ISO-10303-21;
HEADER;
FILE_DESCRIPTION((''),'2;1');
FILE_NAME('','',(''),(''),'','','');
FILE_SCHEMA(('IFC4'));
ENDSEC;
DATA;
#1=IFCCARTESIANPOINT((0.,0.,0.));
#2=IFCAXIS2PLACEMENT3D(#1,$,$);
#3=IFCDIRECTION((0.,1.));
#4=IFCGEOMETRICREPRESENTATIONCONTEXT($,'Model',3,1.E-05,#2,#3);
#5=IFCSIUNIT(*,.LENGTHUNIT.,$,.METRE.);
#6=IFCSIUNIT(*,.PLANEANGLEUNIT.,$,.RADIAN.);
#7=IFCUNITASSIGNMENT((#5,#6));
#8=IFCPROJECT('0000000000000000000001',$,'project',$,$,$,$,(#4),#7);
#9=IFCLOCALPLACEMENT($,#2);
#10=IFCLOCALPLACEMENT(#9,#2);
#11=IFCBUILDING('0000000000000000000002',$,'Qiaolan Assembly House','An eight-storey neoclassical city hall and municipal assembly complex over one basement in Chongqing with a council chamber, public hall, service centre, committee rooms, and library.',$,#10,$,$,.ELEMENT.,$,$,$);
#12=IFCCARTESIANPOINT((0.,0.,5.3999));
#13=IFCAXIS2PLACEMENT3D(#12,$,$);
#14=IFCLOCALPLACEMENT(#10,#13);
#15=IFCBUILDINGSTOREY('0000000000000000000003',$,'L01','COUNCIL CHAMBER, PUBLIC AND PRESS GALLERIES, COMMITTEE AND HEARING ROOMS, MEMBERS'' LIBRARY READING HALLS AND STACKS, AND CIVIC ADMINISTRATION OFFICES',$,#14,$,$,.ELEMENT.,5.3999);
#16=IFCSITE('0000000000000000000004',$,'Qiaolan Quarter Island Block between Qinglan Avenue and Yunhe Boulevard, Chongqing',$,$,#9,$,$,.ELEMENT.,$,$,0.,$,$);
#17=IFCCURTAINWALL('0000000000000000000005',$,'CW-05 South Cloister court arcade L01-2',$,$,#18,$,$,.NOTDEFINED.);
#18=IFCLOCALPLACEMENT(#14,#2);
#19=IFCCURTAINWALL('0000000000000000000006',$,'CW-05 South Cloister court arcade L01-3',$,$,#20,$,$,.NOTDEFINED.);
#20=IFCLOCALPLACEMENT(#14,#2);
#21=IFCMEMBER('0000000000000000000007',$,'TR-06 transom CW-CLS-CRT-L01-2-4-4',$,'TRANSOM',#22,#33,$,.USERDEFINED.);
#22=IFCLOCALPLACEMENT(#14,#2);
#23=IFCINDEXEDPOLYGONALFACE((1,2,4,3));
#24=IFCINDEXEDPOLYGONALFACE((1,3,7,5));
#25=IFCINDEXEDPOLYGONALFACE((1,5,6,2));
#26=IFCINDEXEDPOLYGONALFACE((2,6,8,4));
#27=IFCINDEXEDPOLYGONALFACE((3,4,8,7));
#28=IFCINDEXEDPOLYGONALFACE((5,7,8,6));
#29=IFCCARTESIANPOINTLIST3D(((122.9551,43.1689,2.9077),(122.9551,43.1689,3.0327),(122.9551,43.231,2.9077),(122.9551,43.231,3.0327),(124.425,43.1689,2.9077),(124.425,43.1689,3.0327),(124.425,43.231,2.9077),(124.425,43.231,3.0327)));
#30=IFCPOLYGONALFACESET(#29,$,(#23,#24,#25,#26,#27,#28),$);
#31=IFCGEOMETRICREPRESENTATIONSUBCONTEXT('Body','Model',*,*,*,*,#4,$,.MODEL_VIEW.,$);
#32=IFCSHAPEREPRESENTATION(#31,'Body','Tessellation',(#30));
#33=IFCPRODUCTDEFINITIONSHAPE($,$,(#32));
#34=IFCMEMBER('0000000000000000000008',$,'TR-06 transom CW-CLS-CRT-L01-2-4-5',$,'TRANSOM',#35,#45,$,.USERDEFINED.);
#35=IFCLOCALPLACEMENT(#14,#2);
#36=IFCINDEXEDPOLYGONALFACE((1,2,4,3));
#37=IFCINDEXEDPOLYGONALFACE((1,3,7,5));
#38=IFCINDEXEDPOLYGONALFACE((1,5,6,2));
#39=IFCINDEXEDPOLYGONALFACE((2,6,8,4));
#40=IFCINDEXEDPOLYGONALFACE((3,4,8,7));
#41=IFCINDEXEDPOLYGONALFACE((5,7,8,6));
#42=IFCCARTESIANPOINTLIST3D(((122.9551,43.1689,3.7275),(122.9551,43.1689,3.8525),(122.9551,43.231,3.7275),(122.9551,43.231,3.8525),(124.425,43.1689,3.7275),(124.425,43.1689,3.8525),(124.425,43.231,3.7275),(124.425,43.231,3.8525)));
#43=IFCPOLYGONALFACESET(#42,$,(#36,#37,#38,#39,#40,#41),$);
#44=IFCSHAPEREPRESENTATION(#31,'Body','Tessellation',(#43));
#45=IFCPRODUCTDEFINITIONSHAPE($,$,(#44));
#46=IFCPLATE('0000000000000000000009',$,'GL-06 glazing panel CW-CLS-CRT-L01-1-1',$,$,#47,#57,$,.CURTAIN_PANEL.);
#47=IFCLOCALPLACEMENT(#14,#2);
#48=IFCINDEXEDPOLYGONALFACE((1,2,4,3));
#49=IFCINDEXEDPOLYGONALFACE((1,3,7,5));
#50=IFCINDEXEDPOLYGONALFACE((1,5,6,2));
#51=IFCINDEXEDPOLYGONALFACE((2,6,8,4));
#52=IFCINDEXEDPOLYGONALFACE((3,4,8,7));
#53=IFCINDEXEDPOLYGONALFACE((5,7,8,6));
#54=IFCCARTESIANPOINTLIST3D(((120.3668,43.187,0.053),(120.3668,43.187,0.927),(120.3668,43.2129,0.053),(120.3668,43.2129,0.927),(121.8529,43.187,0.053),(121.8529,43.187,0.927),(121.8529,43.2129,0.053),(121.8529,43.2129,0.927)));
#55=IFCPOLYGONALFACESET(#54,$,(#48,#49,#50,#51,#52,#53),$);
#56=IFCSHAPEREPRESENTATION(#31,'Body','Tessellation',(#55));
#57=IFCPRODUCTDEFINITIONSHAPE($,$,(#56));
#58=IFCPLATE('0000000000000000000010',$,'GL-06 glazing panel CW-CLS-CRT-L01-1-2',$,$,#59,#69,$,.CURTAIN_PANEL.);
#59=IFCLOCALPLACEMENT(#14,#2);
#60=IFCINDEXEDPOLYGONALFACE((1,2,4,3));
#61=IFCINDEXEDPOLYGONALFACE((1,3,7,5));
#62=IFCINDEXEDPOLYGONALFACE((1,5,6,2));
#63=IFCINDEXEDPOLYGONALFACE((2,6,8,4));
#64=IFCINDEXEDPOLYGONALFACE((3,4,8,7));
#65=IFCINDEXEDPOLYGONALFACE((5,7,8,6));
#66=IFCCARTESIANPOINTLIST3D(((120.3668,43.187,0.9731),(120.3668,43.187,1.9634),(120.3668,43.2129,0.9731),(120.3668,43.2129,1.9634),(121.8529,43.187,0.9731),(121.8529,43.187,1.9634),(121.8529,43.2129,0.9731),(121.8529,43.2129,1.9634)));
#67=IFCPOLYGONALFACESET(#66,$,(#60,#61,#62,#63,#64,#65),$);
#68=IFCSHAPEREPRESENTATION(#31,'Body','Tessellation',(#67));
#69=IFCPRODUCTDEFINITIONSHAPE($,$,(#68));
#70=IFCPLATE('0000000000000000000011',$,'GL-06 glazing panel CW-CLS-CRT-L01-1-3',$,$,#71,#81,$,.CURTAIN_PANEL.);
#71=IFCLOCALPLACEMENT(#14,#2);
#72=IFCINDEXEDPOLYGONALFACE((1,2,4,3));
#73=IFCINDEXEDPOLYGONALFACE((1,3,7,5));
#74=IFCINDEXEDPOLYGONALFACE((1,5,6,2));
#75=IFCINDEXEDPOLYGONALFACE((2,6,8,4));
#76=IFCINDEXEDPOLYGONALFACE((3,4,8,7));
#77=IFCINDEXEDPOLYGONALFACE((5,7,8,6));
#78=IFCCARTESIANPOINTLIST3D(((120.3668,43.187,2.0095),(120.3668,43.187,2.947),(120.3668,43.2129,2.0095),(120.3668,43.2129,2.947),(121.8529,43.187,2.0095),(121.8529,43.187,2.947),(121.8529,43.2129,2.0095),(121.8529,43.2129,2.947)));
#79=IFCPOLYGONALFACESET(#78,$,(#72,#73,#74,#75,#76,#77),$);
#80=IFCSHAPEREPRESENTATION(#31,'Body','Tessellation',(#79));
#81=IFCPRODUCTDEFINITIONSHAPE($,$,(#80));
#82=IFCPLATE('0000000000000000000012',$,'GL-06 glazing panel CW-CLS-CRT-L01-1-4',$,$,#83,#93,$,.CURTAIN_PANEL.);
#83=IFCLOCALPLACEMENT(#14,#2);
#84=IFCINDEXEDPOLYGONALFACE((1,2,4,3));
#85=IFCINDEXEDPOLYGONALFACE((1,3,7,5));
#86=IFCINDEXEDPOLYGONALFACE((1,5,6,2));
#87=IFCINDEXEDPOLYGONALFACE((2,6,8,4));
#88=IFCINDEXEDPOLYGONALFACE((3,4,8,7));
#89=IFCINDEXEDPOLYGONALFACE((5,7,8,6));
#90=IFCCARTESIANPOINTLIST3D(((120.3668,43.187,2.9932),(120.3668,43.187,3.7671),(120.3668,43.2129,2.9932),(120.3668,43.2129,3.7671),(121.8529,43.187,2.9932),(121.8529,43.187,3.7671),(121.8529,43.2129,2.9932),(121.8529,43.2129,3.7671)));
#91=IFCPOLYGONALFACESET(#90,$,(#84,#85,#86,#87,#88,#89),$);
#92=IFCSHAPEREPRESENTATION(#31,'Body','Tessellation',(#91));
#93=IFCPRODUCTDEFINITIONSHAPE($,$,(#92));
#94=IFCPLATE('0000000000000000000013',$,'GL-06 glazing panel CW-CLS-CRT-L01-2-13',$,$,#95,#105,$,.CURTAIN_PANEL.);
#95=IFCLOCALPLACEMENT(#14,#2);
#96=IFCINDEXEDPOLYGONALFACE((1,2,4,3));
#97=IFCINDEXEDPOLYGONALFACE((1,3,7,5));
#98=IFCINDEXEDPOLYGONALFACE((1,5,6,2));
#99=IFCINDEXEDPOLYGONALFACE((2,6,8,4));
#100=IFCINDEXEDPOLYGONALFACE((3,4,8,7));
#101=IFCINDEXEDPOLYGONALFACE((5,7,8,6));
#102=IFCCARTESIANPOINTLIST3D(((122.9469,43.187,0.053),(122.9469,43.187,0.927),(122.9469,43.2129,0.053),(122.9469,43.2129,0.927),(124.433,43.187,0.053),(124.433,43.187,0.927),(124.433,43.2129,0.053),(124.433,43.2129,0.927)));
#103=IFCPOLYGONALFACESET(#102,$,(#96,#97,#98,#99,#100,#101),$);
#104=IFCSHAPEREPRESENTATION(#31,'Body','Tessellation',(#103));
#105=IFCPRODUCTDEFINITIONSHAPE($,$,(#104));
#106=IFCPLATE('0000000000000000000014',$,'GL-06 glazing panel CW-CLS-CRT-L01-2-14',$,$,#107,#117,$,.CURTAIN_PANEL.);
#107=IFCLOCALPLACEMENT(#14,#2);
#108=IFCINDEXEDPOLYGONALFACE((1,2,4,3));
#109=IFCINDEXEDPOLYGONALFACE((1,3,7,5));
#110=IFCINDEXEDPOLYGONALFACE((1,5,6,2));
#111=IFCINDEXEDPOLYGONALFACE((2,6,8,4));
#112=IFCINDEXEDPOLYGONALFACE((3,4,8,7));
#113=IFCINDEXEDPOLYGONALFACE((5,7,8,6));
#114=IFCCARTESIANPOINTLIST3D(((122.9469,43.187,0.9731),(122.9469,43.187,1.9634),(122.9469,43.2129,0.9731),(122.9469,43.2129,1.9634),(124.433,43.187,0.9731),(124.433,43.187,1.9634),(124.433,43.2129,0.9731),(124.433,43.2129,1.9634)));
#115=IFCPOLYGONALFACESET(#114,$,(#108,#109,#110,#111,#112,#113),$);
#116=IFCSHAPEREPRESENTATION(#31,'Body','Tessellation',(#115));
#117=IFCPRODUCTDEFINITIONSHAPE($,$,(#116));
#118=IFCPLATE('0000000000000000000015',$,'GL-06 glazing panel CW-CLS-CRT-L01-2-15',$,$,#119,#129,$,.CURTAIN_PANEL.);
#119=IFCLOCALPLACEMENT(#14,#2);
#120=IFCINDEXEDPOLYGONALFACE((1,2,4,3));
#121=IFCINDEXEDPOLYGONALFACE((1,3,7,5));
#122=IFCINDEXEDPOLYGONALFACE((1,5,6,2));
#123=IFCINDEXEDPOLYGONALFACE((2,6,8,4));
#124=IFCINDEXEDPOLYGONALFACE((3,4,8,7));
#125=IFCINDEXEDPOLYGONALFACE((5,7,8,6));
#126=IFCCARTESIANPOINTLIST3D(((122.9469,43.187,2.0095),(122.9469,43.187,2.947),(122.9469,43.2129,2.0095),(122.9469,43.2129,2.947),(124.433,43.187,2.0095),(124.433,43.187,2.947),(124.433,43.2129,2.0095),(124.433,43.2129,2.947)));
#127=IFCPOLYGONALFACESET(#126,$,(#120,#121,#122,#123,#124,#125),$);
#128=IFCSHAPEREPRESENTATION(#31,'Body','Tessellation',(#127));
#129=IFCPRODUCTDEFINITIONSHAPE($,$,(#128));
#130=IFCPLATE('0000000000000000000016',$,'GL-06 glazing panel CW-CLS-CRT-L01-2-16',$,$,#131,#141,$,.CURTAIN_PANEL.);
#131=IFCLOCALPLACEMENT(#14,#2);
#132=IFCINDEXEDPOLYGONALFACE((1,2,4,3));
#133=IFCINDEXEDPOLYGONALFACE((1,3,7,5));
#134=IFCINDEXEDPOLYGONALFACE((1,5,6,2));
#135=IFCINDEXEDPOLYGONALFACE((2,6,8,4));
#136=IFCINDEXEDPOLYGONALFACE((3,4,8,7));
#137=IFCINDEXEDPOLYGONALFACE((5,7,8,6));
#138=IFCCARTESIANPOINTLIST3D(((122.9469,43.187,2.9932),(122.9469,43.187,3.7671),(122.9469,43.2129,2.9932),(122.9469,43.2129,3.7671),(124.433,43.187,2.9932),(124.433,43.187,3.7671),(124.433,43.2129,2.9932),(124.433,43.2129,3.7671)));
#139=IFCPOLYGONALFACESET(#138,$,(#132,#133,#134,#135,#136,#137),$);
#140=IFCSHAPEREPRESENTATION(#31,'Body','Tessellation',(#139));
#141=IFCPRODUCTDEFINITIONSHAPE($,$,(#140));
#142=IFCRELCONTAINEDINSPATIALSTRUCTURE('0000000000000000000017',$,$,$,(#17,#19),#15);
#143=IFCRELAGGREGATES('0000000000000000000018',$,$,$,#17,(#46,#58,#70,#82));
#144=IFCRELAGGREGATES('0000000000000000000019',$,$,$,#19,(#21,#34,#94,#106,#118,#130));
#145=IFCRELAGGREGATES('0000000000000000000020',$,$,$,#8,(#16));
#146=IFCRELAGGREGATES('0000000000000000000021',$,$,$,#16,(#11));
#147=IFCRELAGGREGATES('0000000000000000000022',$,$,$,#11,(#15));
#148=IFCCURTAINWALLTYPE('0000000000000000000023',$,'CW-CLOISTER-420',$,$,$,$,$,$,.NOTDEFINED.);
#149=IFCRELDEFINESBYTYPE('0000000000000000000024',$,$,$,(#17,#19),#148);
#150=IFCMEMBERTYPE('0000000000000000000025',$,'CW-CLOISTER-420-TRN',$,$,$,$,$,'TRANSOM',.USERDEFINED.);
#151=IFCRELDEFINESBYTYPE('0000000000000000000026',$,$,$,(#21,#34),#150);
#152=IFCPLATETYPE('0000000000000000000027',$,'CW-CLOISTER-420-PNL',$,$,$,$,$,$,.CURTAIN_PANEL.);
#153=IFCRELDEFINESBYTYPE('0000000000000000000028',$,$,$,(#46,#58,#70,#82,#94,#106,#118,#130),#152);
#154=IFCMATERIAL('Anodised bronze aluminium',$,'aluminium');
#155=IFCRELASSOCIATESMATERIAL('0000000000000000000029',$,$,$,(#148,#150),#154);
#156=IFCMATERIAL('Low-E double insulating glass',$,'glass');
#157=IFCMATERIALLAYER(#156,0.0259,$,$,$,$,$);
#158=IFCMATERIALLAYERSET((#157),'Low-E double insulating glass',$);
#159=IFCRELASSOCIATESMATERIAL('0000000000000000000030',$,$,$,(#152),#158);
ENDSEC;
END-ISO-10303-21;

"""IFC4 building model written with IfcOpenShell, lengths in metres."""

from ifc_helpers import new_model, si_unit, direction, frame, frame_2d, origin, origin_2d, place, context, subcontext, project, spatial, rectangle, extrude, material, layer, layer_set, material_profile, profile_set, type_object, element, aggregate, save


model = new_model("IFC4")

# Units and contexts
model_context = context("Model", 3, precision=1e-05, world=origin(), true_north=direction((0.0, 1.0)))
body_context = subcontext(model_context, "Body", "Model", "MODEL_VIEW")
ifc_project = project(units=[si_unit("LENGTHUNIT", "METRE"), si_unit("PLANEANGLEUNIT", "RADIAN")], contexts=[model_context])

# Site, building, storey
site_placement = place(None, origin())
site = spatial("IfcSite", under=ifc_project, at=site_placement, Name="Qiaolan Quarter Island Block between Qinglan Avenue and Yunhe Boulevard, Chongqing", CompositionType="ELEMENT", RefElevation=0.0)
building_placement = place(site_placement, origin())
building = spatial("IfcBuilding", under=site, at=building_placement, Name="Qiaolan Assembly House", Description="An eight-storey neoclassical city hall and municipal assembly complex over one basement in Chongqing with a council chamber, public hall, service centre, committee rooms, and library.", CompositionType="ELEMENT")
storey_placement = place(building_placement, frame((0.0, 0.0, 5.3999)))
storey = spatial("IfcBuildingStorey", under=building, at=storey_placement, Name="L01", Description="COUNCIL CHAMBER, PUBLIC AND PRESS GALLERIES, COMMITTEE AND HEARING ROOMS, MEMBERS' LIBRARY READING HALLS AND STACKS, AND CIVIC ADMINISTRATION OFFICES", CompositionType="ELEMENT", Elevation=5.3999)

# Curtain wall
ifc_material_1 = material(Name="Anodised bronze aluminium", Category="aluminium")
curtain_wall_type = type_object("IfcCurtainWallType", Name="CW-CLOISTER-420", PredefinedType="NOTDEFINED", material=ifc_material_1)
curtain_wall_1_placement = place(storey_placement, origin())
curtain_wall_1 = element("IfcCurtainWall", 1, at=curtain_wall_1_placement, inside=storey, type_object=curtain_wall_type, Name="CW-05 South Cloister court arcade L01-2", PredefinedType="NOTDEFINED")

# Curtain wall
curtain_wall_2_placement = place(storey_placement, origin())
curtain_wall_2 = element("IfcCurtainWall", 2, at=curtain_wall_2_placement, inside=storey, type_object=curtain_wall_type, Name="CW-05 South Cloister court arcade L01-3", PredefinedType="NOTDEFINED")

# Members
ifc_material_profile_1 = material_profile(ifc_material_1, rectangle(XDim=0.062, YDim=0.125, at=origin_2d()), Name="TRN 62x125")
ifc_profile_set_1 = profile_set([ifc_material_profile_1], Name="Anodised bronze aluminium")
member_type_1 = type_object("IfcMemberType", Name="CW-CLOISTER-420-TRN", ElementType="TRANSOM", PredefinedType="USERDEFINED", material=ifc_profile_set_1)
member_1_placement = place(storey_placement, frame((124.425, 43.2, 2.9702), z_axis=(-1.0, 0.0, 0.0), x_axis=(0.0, -1.0, 0.0)))
member_1 = element("IfcMember", 3, at=member_1_placement, type_object=member_type_1, Name="TR-06 transom CW-CLS-CRT-L01-2-4-4", ObjectType="TRANSOM", PredefinedType="USERDEFINED", context=body_context, shape_type="SweptSolid", body=[
    extrude(rectangle(XDim=0.062, YDim=0.125, at=origin_2d()), origin(), (0.0, 0.0, 1.0), 1.47),
])
member_2_placement = place(storey_placement, frame((124.425, 43.2, 3.79), z_axis=(-1.0, 0.0, 0.0), x_axis=(0.0, -1.0, 0.0)))
member_2 = element("IfcMember", 4, at=member_2_placement, type_object=member_type_1, Name="TR-06 transom CW-CLS-CRT-L01-2-4-5", ObjectType="TRANSOM", PredefinedType="USERDEFINED", context=body_context, shape_type="SweptSolid", body=[
    extrude(rectangle(XDim=0.062, YDim=0.125, at=origin_2d()), origin(), (0.0, 0.0, 1.0), 1.47),
])

# Plates
ifc_material_2 = material(Name="Low-E double insulating glass", Category="glass")
ifc_layer = layer(ifc_material_2, 0.0259)
ifc_layer_set = layer_set([ifc_layer], Name="Low-E double insulating glass")
plate_type = type_object("IfcPlateType", Name="CW-CLOISTER-420-PNL", PredefinedType="CURTAIN_PANEL", material=ifc_layer_set)
plate_1_placement = place(storey_placement, frame((121.853, 43.2, 0.053), z_axis=(0.0, 0.0, 1.0), x_axis=(-1.0, 0.0, 0.0)))
plate_1 = element("IfcPlate", 5, at=plate_1_placement, type_object=plate_type, Name="GL-06 glazing panel CW-CLS-CRT-L01-1-1", PredefinedType="CURTAIN_PANEL", context=body_context, shape_type="SweptSolid", body=[
    extrude(rectangle(XDim=1.4861, YDim=0.0259, at=frame_2d((0.7432, 0.0))), origin(), (0.0, 0.0, 1.0), 0.874),
])
plate_2_placement = place(storey_placement, frame((121.853, 43.2, 0.9731), z_axis=(0.0, 0.0, 1.0), x_axis=(-1.0, 0.0, 0.0)))
plate_2 = element("IfcPlate", 6, at=plate_2_placement, type_object=plate_type, Name="GL-06 glazing panel CW-CLS-CRT-L01-1-2", PredefinedType="CURTAIN_PANEL", context=body_context, shape_type="SweptSolid", body=[
    extrude(rectangle(XDim=1.4861, YDim=0.0259, at=frame_2d((0.7432, 0.0))), origin(), (0.0, 0.0, 1.0), 0.9902),
])
plate_3_placement = place(storey_placement, frame((121.853, 43.2, 2.0095), z_axis=(0.0, 0.0, 1.0), x_axis=(-1.0, 0.0, 0.0)))
plate_3 = element("IfcPlate", 7, at=plate_3_placement, type_object=plate_type, Name="GL-06 glazing panel CW-CLS-CRT-L01-1-3", PredefinedType="CURTAIN_PANEL", context=body_context, shape_type="SweptSolid", body=[
    extrude(rectangle(XDim=1.4861, YDim=0.0259, at=frame_2d((0.7432, 0.0))), origin(), (0.0, 0.0, 1.0), 0.9375),
])
plate_4_placement = place(storey_placement, frame((121.853, 43.2, 2.9932), z_axis=(0.0, 0.0, 1.0), x_axis=(-1.0, 0.0, 0.0)))
plate_4 = element("IfcPlate", 8, at=plate_4_placement, type_object=plate_type, Name="GL-06 glazing panel CW-CLS-CRT-L01-1-4", PredefinedType="CURTAIN_PANEL", context=body_context, shape_type="SweptSolid", body=[
    extrude(rectangle(XDim=1.4861, YDim=0.0259, at=frame_2d((0.7432, 0.0))), origin(), (0.0, 0.0, 1.0), 0.7739),
])
aggregate(curtain_wall_1, [plate_1, plate_2, plate_3, plate_4])
plate_5_placement = place(storey_placement, frame((124.4331, 43.2, 0.053), z_axis=(0.0, 0.0, 1.0), x_axis=(-1.0, 0.0, 0.0)))
plate_5 = element("IfcPlate", 9, at=plate_5_placement, type_object=plate_type, Name="GL-06 glazing panel CW-CLS-CRT-L01-2-13", PredefinedType="CURTAIN_PANEL", context=body_context, shape_type="SweptSolid", body=[
    extrude(rectangle(XDim=1.4861, YDim=0.0259, at=frame_2d((0.7432, 0.0))), origin(), (0.0, 0.0, 1.0), 0.874),
])
plate_6_placement = place(storey_placement, frame((124.4331, 43.2, 0.9731), z_axis=(0.0, 0.0, 1.0), x_axis=(-1.0, 0.0, 0.0)))
plate_6 = element("IfcPlate", 10, at=plate_6_placement, type_object=plate_type, Name="GL-06 glazing panel CW-CLS-CRT-L01-2-14", PredefinedType="CURTAIN_PANEL", context=body_context, shape_type="SweptSolid", body=[
    extrude(rectangle(XDim=1.4861, YDim=0.0259, at=frame_2d((0.7432, 0.0))), origin(), (0.0, 0.0, 1.0), 0.9902),
])
plate_7_placement = place(storey_placement, frame((124.4331, 43.2, 2.0095), z_axis=(0.0, 0.0, 1.0), x_axis=(-1.0, 0.0, 0.0)))
plate_7 = element("IfcPlate", 11, at=plate_7_placement, type_object=plate_type, Name="GL-06 glazing panel CW-CLS-CRT-L01-2-15", PredefinedType="CURTAIN_PANEL", context=body_context, shape_type="SweptSolid", body=[
    extrude(rectangle(XDim=1.4861, YDim=0.0259, at=frame_2d((0.7432, 0.0))), origin(), (0.0, 0.0, 1.0), 0.9375),
])
plate_8_placement = place(storey_placement, frame((124.4331, 43.2, 2.9932), z_axis=(0.0, 0.0, 1.0), x_axis=(-1.0, 0.0, 0.0)))
plate_8 = element("IfcPlate", 12, at=plate_8_placement, type_object=plate_type, Name="GL-06 glazing panel CW-CLS-CRT-L01-2-16", PredefinedType="CURTAIN_PANEL", context=body_context, shape_type="SweptSolid", body=[
    extrude(rectangle(XDim=1.4861, YDim=0.0259, at=frame_2d((0.7432, 0.0))), origin(), (0.0, 0.0, 1.0), 0.7739),
])
aggregate(curtain_wall_2, [member_1, member_2, plate_5, plate_6, plate_7, plate_8])

save(model, "model.ifc")
